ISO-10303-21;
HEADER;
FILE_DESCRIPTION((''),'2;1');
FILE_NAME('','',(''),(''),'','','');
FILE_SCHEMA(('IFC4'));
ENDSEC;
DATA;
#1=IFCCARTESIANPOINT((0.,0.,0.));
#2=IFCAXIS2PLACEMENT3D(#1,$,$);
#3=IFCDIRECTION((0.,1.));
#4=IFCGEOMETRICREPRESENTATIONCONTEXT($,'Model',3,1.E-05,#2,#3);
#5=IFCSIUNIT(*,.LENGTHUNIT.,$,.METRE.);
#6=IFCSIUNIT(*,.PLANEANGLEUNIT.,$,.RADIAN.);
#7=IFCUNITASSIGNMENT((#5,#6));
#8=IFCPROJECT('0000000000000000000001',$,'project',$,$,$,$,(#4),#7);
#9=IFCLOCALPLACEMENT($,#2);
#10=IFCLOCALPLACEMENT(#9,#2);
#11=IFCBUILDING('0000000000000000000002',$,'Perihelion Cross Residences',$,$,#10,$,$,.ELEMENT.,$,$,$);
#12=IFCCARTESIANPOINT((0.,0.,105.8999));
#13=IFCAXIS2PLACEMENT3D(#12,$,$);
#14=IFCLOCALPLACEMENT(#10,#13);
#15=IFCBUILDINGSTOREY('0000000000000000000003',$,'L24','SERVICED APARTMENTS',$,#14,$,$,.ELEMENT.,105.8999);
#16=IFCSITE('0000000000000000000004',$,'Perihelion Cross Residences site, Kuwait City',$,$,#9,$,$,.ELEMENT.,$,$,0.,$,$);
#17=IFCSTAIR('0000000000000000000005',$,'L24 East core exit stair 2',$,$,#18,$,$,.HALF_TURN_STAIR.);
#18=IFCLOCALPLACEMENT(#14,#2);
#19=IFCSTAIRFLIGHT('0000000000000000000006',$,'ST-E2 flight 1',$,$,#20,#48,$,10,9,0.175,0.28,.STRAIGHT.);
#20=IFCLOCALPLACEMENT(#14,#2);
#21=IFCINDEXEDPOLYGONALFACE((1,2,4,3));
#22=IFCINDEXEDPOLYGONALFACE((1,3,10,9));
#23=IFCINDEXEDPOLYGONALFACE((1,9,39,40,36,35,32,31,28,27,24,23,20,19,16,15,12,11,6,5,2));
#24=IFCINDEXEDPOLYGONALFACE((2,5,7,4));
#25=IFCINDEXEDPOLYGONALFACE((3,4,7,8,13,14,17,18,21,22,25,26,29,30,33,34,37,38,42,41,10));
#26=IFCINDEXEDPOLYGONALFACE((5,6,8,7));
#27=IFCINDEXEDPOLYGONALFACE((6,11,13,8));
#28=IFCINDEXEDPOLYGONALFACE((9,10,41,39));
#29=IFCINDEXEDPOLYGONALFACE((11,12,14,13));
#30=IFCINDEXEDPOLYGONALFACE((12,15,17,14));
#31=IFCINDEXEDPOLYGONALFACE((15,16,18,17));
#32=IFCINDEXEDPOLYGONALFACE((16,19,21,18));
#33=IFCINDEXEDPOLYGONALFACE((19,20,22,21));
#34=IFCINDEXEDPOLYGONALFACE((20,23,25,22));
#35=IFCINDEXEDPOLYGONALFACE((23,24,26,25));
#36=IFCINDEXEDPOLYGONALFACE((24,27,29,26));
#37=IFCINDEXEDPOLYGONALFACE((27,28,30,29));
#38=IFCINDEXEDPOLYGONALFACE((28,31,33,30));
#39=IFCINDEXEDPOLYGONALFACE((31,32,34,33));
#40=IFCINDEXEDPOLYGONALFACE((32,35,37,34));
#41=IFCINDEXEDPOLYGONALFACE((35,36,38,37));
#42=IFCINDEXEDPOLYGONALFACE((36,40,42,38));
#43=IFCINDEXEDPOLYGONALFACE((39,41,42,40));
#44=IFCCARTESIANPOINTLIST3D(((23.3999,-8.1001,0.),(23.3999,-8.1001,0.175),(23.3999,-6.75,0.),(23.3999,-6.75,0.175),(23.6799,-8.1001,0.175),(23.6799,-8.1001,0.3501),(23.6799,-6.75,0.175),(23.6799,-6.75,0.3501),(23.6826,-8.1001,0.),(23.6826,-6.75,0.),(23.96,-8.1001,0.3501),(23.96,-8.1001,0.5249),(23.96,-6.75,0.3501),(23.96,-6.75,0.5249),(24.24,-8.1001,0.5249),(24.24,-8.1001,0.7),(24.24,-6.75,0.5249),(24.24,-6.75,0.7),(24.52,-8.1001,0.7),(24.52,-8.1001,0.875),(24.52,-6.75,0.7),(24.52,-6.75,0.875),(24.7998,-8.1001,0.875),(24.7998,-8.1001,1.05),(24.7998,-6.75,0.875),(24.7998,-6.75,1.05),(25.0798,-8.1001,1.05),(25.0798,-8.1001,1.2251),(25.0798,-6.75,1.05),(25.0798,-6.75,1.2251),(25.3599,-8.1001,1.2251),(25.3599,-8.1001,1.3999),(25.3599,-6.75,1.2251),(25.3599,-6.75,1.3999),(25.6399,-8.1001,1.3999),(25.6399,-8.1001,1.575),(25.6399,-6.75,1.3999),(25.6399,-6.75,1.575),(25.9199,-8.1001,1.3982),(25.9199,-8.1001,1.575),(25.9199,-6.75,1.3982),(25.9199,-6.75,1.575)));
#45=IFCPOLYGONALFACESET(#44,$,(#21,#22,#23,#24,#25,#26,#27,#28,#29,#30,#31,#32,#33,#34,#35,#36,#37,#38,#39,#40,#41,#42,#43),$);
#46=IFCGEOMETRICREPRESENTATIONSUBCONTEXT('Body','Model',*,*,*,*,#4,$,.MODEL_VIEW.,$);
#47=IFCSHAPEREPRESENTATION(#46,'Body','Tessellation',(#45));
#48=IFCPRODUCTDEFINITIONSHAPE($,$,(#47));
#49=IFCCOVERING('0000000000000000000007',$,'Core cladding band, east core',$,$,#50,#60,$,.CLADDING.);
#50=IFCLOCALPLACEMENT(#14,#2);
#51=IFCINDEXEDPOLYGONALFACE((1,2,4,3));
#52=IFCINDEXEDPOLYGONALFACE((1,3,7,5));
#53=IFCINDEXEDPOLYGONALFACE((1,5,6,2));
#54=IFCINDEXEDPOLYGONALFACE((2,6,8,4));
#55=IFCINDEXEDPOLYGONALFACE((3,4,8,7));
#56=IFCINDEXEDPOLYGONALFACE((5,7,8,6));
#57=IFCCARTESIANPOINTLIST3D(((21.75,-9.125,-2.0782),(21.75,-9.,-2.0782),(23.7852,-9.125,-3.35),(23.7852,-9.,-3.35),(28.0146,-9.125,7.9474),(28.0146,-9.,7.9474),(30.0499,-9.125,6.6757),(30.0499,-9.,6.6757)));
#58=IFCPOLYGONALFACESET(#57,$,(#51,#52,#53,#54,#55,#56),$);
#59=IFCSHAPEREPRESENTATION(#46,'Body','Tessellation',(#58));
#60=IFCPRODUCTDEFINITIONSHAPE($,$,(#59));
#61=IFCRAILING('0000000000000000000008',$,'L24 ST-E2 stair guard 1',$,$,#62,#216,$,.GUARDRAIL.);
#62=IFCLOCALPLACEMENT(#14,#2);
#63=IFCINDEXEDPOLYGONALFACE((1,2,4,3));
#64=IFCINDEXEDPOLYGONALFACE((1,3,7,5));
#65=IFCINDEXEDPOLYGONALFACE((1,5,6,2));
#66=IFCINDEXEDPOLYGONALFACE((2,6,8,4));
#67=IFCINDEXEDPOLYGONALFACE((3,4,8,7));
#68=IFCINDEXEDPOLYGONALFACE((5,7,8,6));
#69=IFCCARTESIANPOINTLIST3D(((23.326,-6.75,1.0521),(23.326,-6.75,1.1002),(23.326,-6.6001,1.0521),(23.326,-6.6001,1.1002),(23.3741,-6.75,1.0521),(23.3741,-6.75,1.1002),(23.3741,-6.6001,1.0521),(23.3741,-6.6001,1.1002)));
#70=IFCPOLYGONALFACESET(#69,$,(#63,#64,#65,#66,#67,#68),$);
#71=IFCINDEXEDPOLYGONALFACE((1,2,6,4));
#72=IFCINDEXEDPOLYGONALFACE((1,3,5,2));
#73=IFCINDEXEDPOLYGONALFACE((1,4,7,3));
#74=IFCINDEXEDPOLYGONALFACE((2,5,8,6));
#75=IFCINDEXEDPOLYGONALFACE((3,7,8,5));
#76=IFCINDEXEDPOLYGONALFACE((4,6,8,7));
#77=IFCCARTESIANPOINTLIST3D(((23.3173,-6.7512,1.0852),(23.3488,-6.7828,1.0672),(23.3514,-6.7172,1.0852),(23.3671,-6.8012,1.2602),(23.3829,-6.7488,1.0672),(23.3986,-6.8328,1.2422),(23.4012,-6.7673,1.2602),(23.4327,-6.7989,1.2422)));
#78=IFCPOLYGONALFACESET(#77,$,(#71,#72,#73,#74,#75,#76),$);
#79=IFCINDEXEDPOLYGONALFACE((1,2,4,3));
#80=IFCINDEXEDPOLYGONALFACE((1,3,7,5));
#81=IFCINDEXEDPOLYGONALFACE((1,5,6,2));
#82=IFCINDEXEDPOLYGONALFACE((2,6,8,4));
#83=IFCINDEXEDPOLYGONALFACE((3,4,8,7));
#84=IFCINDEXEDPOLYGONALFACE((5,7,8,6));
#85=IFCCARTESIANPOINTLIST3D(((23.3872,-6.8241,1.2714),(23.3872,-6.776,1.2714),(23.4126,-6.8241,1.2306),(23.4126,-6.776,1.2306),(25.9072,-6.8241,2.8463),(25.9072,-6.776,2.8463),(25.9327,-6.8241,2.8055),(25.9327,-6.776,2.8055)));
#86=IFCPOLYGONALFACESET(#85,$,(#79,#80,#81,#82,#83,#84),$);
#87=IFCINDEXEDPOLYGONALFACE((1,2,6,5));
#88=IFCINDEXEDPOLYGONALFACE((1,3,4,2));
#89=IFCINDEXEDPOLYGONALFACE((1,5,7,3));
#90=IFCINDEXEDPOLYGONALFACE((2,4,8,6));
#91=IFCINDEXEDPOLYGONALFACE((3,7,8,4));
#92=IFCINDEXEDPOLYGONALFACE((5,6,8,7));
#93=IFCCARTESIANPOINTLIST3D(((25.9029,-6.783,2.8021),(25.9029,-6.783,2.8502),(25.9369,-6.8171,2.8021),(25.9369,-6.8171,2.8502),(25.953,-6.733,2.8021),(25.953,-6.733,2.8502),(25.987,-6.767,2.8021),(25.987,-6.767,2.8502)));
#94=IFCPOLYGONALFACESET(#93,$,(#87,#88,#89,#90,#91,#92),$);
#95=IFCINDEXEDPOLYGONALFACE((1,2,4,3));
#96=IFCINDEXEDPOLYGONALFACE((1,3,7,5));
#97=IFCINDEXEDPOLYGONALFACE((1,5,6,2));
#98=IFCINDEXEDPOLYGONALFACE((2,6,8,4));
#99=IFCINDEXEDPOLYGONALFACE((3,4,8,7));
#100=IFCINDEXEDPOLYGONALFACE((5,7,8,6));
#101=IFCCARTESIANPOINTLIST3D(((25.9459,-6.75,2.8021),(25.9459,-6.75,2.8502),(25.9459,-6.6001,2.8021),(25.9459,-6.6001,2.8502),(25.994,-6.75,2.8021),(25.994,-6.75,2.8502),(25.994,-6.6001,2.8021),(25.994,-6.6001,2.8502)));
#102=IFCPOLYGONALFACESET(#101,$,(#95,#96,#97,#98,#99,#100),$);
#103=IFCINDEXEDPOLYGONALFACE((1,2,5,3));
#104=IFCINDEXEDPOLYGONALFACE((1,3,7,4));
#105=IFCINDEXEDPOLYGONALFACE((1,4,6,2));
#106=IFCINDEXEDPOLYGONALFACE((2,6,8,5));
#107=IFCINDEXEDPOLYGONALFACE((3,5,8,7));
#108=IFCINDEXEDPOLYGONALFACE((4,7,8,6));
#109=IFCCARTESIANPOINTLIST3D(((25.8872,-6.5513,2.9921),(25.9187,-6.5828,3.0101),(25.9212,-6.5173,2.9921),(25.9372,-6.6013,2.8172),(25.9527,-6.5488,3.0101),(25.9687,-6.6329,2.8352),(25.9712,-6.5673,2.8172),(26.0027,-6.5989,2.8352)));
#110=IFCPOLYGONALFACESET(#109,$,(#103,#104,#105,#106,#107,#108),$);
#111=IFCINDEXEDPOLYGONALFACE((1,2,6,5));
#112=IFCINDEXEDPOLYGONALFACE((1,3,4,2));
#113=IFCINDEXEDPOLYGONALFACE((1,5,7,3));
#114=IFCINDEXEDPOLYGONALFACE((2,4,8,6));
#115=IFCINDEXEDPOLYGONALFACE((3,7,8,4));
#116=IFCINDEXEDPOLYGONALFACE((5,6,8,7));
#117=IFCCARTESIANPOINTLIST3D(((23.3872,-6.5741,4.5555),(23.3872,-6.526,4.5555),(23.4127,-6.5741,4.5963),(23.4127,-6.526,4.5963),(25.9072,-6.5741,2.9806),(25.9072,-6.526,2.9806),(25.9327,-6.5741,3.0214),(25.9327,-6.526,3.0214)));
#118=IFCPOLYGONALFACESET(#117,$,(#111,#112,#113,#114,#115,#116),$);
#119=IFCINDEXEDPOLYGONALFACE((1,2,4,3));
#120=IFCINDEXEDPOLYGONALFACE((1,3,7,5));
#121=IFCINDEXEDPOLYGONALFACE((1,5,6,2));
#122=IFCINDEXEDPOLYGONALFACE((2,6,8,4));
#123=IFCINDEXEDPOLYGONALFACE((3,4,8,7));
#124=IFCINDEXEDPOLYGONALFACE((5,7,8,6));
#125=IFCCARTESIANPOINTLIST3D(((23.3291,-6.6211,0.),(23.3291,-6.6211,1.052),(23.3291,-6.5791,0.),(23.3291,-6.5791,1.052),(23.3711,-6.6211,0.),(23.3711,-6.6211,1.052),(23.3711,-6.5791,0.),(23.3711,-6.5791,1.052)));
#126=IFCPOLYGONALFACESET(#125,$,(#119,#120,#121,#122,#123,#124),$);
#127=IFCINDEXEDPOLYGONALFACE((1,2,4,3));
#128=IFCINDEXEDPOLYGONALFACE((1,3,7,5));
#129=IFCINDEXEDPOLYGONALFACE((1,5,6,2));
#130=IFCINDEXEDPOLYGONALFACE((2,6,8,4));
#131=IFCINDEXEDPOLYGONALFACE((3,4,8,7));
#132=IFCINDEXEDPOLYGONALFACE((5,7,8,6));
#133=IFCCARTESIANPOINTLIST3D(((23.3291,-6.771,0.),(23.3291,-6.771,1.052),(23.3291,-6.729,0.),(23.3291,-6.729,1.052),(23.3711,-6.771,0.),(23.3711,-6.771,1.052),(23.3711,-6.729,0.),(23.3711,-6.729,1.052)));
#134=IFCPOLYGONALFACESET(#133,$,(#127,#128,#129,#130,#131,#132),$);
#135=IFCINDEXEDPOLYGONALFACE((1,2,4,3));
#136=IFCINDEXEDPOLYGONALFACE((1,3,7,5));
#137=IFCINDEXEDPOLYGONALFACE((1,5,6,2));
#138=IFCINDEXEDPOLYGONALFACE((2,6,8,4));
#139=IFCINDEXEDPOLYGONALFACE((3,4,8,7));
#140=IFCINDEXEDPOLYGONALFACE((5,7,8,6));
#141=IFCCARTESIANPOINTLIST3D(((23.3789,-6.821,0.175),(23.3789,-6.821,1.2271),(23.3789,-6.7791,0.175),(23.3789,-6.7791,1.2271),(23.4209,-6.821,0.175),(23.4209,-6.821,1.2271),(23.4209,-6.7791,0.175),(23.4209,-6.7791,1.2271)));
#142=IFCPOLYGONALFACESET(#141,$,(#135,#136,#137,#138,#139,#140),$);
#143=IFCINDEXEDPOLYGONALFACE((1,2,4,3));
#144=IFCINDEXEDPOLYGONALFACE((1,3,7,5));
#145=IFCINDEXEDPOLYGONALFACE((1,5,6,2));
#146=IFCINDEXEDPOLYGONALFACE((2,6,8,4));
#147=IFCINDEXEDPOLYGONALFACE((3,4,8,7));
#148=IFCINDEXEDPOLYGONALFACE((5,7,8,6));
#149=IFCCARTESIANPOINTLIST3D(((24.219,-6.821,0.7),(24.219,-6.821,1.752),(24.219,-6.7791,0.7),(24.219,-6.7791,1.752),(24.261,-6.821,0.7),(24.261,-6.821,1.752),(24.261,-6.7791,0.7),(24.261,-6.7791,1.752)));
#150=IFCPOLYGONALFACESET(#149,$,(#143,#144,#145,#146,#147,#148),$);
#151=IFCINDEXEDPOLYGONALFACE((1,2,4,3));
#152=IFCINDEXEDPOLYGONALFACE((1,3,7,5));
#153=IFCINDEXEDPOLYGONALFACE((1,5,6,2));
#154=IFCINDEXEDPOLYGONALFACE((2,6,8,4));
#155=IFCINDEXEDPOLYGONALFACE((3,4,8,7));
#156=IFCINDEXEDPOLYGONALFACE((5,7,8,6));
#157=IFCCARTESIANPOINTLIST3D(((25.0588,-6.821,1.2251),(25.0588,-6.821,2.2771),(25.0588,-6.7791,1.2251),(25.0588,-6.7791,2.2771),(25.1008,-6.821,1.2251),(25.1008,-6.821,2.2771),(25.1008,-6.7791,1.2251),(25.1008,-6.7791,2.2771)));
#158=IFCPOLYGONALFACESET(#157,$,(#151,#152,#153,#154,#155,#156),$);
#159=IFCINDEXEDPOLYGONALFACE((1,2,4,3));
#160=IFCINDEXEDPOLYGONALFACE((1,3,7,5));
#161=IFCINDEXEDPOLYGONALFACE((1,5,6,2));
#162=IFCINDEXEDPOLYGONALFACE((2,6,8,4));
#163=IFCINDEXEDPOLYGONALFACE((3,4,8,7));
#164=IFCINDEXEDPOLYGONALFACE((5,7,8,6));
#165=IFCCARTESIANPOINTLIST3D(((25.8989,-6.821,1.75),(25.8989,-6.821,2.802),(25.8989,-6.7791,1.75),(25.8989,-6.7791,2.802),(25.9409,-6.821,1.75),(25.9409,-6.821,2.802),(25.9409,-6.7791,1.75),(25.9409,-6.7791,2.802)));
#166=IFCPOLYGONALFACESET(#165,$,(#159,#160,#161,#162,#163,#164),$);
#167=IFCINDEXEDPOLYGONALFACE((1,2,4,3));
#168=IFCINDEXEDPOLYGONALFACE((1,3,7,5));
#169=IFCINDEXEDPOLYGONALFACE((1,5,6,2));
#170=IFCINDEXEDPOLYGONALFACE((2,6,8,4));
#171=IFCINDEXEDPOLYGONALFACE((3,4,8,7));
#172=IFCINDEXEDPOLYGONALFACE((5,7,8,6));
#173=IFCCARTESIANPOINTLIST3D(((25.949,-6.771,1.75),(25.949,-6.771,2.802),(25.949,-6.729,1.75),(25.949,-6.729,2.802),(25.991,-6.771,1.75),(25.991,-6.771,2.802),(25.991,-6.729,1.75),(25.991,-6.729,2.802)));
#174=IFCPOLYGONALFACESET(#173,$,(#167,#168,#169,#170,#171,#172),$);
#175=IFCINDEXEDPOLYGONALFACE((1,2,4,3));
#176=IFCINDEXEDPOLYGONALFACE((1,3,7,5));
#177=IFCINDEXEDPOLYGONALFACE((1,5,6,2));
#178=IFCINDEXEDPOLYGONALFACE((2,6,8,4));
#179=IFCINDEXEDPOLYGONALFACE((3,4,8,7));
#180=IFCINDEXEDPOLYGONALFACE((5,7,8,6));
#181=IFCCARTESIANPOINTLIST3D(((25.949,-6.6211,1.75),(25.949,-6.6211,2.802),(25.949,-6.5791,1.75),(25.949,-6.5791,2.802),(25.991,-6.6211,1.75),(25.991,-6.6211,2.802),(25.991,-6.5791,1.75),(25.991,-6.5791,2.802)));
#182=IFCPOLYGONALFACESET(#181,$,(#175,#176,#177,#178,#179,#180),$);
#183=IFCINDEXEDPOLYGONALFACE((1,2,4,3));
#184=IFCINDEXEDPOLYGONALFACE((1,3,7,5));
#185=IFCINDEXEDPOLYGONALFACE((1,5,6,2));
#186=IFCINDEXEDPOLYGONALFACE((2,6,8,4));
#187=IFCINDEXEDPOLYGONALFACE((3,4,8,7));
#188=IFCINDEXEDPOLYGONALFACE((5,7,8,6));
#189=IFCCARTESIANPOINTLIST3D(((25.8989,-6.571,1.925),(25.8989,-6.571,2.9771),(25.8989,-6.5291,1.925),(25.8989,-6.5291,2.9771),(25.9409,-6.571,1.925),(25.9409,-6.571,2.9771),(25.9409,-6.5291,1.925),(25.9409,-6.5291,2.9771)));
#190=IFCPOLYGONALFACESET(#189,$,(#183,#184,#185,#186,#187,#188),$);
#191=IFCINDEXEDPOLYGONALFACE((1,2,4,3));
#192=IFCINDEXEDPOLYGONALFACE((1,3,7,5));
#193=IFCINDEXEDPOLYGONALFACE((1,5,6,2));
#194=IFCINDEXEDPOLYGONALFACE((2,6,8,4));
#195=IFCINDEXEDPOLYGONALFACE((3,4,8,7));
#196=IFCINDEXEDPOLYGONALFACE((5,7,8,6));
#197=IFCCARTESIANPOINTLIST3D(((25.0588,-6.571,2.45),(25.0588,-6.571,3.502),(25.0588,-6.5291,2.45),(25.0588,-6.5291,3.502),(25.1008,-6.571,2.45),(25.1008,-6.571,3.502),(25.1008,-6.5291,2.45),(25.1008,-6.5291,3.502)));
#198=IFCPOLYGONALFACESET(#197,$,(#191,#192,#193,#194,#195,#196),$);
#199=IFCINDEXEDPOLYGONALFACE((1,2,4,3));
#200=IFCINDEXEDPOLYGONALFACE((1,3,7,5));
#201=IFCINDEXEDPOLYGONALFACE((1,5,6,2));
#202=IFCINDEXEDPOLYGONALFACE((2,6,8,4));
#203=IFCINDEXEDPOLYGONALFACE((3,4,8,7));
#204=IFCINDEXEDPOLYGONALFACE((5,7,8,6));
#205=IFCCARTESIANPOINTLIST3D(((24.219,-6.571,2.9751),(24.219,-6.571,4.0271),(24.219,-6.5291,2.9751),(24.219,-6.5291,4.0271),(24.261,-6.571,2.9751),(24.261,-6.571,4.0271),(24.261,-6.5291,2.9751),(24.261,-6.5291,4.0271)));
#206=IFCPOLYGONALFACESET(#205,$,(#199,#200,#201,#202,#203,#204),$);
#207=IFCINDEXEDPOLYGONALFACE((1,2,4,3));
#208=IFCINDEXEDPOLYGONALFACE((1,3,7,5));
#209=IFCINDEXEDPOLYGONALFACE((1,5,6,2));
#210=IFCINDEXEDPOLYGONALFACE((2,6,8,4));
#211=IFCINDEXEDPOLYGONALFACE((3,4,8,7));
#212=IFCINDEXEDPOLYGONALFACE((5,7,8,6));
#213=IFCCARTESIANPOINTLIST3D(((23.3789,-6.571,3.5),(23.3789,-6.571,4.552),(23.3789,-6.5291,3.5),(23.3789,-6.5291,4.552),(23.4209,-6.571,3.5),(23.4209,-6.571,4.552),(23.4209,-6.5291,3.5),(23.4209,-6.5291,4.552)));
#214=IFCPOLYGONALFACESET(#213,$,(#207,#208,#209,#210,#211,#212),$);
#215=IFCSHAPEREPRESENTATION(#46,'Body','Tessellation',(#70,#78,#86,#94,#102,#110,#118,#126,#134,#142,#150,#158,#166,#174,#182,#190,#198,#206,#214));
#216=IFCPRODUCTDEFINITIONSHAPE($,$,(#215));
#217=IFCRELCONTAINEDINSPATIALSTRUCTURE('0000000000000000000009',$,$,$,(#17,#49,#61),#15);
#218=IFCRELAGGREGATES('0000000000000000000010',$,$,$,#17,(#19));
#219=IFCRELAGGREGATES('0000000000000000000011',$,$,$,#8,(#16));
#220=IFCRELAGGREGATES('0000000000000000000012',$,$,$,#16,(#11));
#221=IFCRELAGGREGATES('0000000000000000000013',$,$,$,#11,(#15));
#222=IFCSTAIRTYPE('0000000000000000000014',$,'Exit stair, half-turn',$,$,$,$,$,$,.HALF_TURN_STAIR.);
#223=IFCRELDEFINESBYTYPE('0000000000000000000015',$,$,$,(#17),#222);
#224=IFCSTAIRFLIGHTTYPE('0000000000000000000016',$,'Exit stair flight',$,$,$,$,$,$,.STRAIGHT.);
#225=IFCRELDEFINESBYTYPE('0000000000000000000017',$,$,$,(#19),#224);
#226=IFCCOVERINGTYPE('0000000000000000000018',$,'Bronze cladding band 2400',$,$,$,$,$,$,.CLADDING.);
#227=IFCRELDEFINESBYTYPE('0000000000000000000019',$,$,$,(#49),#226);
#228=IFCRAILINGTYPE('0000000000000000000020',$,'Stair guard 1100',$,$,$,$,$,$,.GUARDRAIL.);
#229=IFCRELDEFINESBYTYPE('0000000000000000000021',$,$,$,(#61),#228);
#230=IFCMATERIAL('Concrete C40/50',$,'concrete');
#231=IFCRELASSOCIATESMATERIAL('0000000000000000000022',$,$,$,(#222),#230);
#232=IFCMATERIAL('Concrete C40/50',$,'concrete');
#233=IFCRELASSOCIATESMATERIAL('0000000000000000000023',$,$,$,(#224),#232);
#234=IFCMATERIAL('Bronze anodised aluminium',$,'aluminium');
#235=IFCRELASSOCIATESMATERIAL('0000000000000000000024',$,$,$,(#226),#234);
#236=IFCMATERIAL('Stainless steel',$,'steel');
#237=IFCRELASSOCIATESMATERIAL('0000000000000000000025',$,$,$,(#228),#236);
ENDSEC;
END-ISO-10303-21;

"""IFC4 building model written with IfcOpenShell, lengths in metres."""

from ifc_helpers import new_model, si_unit, direction, frame, origin, origin_2d, place, context, subcontext, project, spatial, polyline, rectangle, outline, extrude, material, material_profile, profile_set, type_object, element, aggregate, save


model = new_model("IFC4")

# Units and contexts
model_context = context("Model", 3, precision=1e-05, world=origin(), true_north=direction((0.0, 1.0)))
body_context = subcontext(model_context, "Body", "Model", "MODEL_VIEW")
ifc_project = project(units=[si_unit("LENGTHUNIT", "METRE"), si_unit("PLANEANGLEUNIT", "RADIAN")], contexts=[model_context])

# Site, building, storey
site_placement = place(None, origin())
site = spatial("IfcSite", under=ifc_project, at=site_placement, Name="Perihelion Cross Residences site, Kuwait City", CompositionType="ELEMENT", RefElevation=0.0)
building_placement = place(site_placement, origin())
building = spatial("IfcBuilding", under=site, at=building_placement, Name="Perihelion Cross Residences", CompositionType="ELEMENT")
storey_placement = place(building_placement, frame((0.0, 0.0, 105.8999)))
storey = spatial("IfcBuildingStorey", under=building, at=storey_placement, Name="L24", Description="SERVICED APARTMENTS", CompositionType="ELEMENT", Elevation=105.8999)

# Stair, stair flight
ifc_material_1 = material(Name="Concrete C40/50", Category="concrete")
stair_type = type_object("IfcStairType", Name="Exit stair, half-turn", PredefinedType="HALF_TURN_STAIR", material=ifc_material_1)
stair_placement = place(storey_placement, origin())
stair = element("IfcStair", 1, at=stair_placement, inside=storey, type_object=stair_type, Name="L24 East core exit stair 2", PredefinedType="HALF_TURN_STAIR")
ifc_material_2 = material(Name="Concrete C40/50", Category="concrete")
stair_flight_type = type_object("IfcStairFlightType", Name="Exit stair flight", PredefinedType="STRAIGHT", material=ifc_material_2)
stair_flight_placement = place(storey_placement, frame((23.3999, -7.425, 0.0), z_axis=(0.0, 0.0, 1.0), x_axis=(1.0, 0.0, 0.0)))
stair_flight = element("IfcStairFlight", 2, at=stair_flight_placement, type_object=stair_flight_type, Name="ST-E2 flight 1", NumberOfRisers=10, NumberOfTreads=9, PredefinedType="STRAIGHT", RiserHeight=0.175, TreadLength=0.28, context=body_context, shape_type="SweptSolid", body=[
    extrude(outline(polyline([(0.0, 0.0), (0.0, 0.175), (0.28, 0.175), (0.28, 0.3501), (0.5601, 0.3501), (0.5601, 0.5249), (0.8401, 0.5249), (0.8401, 0.7), (1.1201, 0.7), (1.1201, 0.875), (1.3999, 0.875), (1.3999, 1.05), (1.6799, 1.05), (1.6799, 1.2251), (1.96, 1.2251), (1.96, 1.3999), (2.24, 1.3999), (2.24, 1.575), (2.52, 1.575), (2.52, 1.75), (2.52, 1.3982), (0.2827, 0.0), (0.0, 0.0)])), frame((0.0, 0.675, 0.0), z_axis=(0.0, -1.0, 0.0), x_axis=(1.0, 0.0, 0.0)), (0.0, 0.0, 1.0), 1.3501),
])
aggregate(stair, [stair_flight])

# Covering
ifc_material_3 = material(Name="Bronze anodised aluminium", Category="aluminium")
ifc_material_profile_1 = material_profile(ifc_material_3, rectangle(XDim=0.125, YDim=2.3999, at=origin_2d()), Name="Bronze cladding band 2400")
ifc_profile_set_1 = profile_set([ifc_material_profile_1], Name="Bronze anodised aluminium")
covering_type = type_object("IfcCoveringType", Name="Bronze cladding band 2400", PredefinedType="CLADDING", material=ifc_profile_set_1)
covering_placement = place(storey_placement, frame((22.7676, -9.0625, -2.7141), z_axis=(0.529915, 0.0, 0.848051), x_axis=(0.0, 1.0, 0.0)))
element("IfcCovering", 3, at=covering_placement, inside=storey, type_object=covering_type, Name="Core cladding band, east core", PredefinedType="CLADDING", context=body_context, shape_type="SweptSolid", body=[
    extrude(rectangle(XDim=0.125, YDim=2.3999, at=origin_2d()), origin(), (0.0, 0.0, 1.0), 11.822),
])

# Railing
ifc_material_4 = material(Name="Stainless steel", Category="steel")
railing_type_1 = type_object("IfcRailingType", Name="Stair guard 1100", PredefinedType="GUARDRAIL", material=ifc_material_4)
railing_1_placement = place(storey_placement, frame((23.3501, -6.6001, 0.0)))
element("IfcRailing", 4, at=railing_1_placement, inside=storey, type_object=railing_type_1, Name="L24 ST-E2 stair guard 1", PredefinedType="GUARDRAIL", context=body_context, shape_type="SweptSolid", body=[
    extrude(rectangle(XDim=0.0481, YDim=0.0481, at=origin_2d()), frame((0.0, 0.0, 1.0762), z_axis=(0.0, -1.0, 0.0), x_axis=(1.0, 0.0, 0.0)), (0.0, 0.0, 1.0), 0.1499),
    extrude(rectangle(XDim=0.0481, YDim=0.0481, at=origin_2d()), frame((0.0, -0.1499, 1.0762), z_axis=(0.263862, -0.265156, 0.927399), x_axis=(0.708834, 0.705376, 0.0)), (0.0, 0.0, 1.0), 0.1887),
    extrude(rectangle(XDim=0.0481, YDim=0.0481, at=origin_2d()), frame((0.0498, -0.2, 1.251), z_axis=(0.848008, 0.0, 0.529984), x_axis=(0.0, 1.0, 0.0)), (0.0, 0.0, 1.0), 2.9717),
    extrude(rectangle(XDim=0.0481, YDim=0.0481, at=origin_2d()), frame((2.5698, -0.2, 2.8262), z_axis=(0.707107, 0.707107, 0.0), x_axis=(-0.707107, 0.707107, 0.0)), (0.0, 0.0, 1.0), 0.0708),
    extrude(rectangle(XDim=0.0481, YDim=0.0481, at=origin_2d()), frame((2.6199, -0.1499, 2.8262), z_axis=(0.0, 1.0, 0.0), x_axis=(-1.0, 0.0, 0.0)), (0.0, 0.0, 1.0), 0.1499),
    extrude(rectangle(XDim=0.0481, YDim=0.0481, at=origin_2d()), frame((2.6199, 0.0, 2.8262), z_axis=(-0.265065, 0.265065, 0.927082), x_axis=(-0.707107, -0.707107, 0.0)), (0.0, 0.0, 1.0), 0.1887),
    extrude(rectangle(XDim=0.0481, YDim=0.0481, at=origin_2d()), frame((2.5698, 0.05, 3.001), z_axis=(-0.848008, 0.0, 0.529984), x_axis=(0.0, -1.0, 0.0)), (0.0, 0.0, 1.0), 2.9717),
    extrude(rectangle(XDim=0.042, YDim=0.042, at=origin_2d()), origin(), (0.0, 0.0, 1.0), 1.052),
    extrude(rectangle(XDim=0.042, YDim=0.042, at=origin_2d()), frame((0.0, -0.1499, 0.0)), (0.0, 0.0, 1.0), 1.052),
    extrude(rectangle(XDim=0.042, YDim=0.042, at=origin_2d()), frame((0.0498, -0.2, 0.175)), (0.0, 0.0, 1.0), 1.052),
    extrude(rectangle(XDim=0.042, YDim=0.042, at=origin_2d()), frame((0.8899, -0.2, 0.7)), (0.0, 0.0, 1.0), 1.052),
    extrude(rectangle(XDim=0.042, YDim=0.042, at=origin_2d()), frame((1.7297, -0.2, 1.2251)), (0.0, 0.0, 1.0), 1.052),
    extrude(rectangle(XDim=0.042, YDim=0.042, at=origin_2d()), frame((2.5698, -0.2, 1.75)), (0.0, 0.0, 1.0), 1.052),
    extrude(rectangle(XDim=0.042, YDim=0.042, at=origin_2d()), frame((2.6199, -0.1499, 1.75)), (0.0, 0.0, 1.0), 1.052),
    extrude(rectangle(XDim=0.042, YDim=0.042, at=origin_2d()), frame((2.6199, 0.0, 1.75)), (0.0, 0.0, 1.0), 1.052),
    extrude(rectangle(XDim=0.042, YDim=0.042, at=origin_2d()), frame((2.5698, 0.05, 1.925)), (0.0, 0.0, 1.0), 1.052),
    extrude(rectangle(XDim=0.042, YDim=0.042, at=origin_2d()), frame((1.7297, 0.05, 2.45)), (0.0, 0.0, 1.0), 1.052),
    extrude(rectangle(XDim=0.042, YDim=0.042, at=origin_2d()), frame((0.8899, 0.05, 2.9751)), (0.0, 0.0, 1.0), 1.052),
    extrude(rectangle(XDim=0.042, YDim=0.042, at=origin_2d()), frame((0.0498, 0.05, 3.5)), (0.0, 0.0, 1.0), 1.052),
])

save(model, "model.ifc")
